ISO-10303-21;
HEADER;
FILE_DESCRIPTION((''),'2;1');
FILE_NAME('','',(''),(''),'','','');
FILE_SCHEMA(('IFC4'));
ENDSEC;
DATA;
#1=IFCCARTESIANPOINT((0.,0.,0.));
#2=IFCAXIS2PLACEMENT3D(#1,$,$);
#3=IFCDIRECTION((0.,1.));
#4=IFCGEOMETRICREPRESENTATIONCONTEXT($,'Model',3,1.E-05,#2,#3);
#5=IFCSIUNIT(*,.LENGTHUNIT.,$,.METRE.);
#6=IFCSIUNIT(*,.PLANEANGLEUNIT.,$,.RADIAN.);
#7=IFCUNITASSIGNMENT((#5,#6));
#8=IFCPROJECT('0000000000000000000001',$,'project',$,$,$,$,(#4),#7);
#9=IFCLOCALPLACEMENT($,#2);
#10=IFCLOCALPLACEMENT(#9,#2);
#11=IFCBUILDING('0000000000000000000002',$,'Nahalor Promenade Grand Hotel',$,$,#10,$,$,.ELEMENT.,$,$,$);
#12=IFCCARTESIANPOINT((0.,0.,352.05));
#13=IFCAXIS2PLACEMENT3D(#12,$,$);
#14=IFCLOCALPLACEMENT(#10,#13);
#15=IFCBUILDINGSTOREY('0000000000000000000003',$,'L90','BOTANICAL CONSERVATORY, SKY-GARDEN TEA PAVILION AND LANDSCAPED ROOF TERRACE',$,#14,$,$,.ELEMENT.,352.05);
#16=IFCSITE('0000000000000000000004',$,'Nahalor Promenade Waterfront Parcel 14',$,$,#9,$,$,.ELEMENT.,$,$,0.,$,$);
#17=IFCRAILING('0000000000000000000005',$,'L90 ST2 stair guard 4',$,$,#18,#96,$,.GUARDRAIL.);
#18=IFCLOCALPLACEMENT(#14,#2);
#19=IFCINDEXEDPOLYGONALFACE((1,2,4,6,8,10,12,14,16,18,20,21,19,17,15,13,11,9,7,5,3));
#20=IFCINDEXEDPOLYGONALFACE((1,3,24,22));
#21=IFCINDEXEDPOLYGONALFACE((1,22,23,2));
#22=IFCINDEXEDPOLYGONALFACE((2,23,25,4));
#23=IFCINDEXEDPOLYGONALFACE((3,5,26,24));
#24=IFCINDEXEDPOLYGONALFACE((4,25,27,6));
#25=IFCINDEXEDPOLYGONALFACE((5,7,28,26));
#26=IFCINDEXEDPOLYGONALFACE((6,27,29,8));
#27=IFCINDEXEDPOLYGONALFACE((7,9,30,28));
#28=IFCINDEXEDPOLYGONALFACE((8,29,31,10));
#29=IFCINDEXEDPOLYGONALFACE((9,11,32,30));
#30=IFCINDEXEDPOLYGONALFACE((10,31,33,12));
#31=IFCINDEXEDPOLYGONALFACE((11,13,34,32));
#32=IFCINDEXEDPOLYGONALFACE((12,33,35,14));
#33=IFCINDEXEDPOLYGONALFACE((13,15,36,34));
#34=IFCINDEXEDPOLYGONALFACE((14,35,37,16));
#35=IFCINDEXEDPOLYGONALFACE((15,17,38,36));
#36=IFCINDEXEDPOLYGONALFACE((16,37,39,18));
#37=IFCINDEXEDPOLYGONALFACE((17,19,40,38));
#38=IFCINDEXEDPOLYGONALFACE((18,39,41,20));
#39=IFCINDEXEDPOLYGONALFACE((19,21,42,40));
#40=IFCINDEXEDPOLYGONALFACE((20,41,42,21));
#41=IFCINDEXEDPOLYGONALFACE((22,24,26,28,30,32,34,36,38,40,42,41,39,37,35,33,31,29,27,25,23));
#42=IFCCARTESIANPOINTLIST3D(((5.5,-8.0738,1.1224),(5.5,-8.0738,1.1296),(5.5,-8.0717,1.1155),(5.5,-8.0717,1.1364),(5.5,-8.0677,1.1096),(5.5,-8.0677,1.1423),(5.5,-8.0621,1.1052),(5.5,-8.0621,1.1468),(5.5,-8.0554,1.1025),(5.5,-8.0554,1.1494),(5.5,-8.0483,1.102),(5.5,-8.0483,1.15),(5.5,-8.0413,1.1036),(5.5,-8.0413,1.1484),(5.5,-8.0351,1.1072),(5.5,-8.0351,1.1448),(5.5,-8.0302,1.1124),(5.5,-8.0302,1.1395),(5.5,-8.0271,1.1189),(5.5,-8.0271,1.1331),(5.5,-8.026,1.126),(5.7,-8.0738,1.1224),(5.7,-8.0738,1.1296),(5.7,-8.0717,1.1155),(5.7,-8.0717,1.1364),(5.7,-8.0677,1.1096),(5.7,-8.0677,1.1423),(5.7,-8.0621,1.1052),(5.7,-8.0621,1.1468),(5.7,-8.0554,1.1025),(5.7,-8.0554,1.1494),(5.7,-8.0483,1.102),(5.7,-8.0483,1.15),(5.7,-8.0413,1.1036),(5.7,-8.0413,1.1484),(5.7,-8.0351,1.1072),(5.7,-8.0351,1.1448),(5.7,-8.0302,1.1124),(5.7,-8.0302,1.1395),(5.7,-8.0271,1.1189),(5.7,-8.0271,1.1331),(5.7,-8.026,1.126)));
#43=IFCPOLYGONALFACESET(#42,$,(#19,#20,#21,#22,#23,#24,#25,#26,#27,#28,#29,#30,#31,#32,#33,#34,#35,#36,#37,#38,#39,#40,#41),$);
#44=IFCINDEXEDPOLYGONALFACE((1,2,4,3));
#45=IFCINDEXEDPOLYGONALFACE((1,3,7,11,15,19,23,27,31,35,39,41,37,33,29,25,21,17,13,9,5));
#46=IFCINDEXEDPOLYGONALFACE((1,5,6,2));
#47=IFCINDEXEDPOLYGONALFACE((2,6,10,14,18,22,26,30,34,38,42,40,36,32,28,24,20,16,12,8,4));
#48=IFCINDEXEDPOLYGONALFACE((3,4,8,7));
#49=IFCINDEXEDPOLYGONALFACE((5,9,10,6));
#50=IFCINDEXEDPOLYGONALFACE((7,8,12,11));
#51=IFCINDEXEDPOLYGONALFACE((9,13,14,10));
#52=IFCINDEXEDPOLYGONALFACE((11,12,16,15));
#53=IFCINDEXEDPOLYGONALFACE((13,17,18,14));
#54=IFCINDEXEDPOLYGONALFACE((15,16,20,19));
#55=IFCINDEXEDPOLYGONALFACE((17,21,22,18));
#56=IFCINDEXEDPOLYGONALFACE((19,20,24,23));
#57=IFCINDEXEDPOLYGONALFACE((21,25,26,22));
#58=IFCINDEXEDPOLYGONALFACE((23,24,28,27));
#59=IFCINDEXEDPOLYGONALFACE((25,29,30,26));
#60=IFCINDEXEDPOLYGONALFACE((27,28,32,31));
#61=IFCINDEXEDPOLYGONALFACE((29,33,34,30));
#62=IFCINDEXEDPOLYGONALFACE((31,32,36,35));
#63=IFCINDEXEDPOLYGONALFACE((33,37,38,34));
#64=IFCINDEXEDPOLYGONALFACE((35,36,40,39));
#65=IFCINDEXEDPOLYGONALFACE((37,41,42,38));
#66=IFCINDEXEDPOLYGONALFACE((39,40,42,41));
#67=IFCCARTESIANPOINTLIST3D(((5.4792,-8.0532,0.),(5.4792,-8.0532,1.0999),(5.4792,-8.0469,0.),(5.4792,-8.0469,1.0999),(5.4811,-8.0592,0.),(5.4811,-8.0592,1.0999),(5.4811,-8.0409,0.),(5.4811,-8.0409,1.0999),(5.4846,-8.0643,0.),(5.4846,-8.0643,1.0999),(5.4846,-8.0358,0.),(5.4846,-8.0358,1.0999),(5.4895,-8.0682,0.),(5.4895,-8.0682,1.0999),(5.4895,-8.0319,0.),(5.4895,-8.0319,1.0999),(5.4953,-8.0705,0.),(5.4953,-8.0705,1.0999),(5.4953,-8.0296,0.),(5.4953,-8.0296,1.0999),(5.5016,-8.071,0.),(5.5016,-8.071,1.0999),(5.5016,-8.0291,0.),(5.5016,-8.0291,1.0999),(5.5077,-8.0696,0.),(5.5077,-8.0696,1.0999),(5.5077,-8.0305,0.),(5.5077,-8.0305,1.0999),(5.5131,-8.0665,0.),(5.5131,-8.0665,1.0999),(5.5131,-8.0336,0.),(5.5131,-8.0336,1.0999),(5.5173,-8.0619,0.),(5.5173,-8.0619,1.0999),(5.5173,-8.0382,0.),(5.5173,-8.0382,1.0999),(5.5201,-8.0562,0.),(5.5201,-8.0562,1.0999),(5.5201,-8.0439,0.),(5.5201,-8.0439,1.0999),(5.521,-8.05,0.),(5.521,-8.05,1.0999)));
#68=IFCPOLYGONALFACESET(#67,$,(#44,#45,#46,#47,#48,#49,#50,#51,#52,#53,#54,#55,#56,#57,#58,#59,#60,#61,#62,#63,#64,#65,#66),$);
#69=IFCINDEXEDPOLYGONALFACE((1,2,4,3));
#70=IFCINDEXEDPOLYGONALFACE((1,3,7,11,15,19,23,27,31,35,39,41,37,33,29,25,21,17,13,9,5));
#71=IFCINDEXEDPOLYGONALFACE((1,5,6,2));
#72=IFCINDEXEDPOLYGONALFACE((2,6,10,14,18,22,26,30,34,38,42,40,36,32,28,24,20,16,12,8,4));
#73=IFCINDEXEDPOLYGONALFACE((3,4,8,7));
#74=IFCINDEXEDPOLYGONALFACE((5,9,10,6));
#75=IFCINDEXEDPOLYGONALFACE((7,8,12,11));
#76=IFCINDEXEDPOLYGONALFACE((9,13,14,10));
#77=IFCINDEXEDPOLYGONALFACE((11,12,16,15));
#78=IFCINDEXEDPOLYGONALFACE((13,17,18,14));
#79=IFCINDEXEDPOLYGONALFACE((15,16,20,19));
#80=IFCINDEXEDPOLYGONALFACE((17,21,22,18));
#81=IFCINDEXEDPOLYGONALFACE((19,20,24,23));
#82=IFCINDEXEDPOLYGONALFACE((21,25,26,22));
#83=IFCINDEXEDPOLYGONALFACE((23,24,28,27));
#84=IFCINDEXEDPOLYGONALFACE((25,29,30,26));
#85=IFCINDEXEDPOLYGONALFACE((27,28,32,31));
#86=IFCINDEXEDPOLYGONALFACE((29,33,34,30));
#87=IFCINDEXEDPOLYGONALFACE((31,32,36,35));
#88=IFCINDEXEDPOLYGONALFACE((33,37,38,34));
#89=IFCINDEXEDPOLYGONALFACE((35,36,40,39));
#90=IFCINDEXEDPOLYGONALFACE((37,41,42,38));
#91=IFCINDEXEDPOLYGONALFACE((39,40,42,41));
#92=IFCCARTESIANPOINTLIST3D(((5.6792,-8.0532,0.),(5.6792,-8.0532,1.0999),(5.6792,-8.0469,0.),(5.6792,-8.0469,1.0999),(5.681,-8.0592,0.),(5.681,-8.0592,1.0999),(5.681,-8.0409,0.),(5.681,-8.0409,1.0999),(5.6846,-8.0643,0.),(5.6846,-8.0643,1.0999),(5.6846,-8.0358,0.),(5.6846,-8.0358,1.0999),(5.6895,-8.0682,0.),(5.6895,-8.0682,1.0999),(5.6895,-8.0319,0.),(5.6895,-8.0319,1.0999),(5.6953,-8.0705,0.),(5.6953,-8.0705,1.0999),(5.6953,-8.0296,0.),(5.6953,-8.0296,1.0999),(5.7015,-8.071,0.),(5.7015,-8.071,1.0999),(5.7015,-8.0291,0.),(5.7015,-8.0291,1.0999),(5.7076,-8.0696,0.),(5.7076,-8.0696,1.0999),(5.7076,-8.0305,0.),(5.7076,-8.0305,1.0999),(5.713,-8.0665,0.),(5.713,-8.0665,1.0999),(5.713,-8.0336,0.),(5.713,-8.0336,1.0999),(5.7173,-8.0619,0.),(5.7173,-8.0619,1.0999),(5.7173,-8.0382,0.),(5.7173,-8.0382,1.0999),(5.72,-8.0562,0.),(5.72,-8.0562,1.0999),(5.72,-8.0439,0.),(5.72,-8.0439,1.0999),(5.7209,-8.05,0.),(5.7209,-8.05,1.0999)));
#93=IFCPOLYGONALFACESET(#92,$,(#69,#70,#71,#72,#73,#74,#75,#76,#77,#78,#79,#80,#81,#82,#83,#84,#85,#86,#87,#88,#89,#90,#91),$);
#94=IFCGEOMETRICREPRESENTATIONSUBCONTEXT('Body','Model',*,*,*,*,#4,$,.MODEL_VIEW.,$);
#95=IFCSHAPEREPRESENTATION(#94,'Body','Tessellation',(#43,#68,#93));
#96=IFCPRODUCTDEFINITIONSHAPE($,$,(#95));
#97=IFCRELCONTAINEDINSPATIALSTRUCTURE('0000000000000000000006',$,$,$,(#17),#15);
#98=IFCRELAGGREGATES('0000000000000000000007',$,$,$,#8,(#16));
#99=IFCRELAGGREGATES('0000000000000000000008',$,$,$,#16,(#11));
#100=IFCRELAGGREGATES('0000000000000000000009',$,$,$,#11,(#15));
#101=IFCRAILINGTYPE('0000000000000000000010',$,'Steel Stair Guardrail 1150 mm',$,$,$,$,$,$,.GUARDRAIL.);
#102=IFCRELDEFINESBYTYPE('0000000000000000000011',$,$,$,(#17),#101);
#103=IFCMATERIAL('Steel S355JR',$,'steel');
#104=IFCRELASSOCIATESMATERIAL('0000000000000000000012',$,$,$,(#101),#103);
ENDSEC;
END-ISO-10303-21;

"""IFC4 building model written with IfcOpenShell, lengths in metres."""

from ifc_helpers import new_model, si_unit, direction, frame, origin, origin_2d, place, context, subcontext, project, spatial, circle, extrude, material, type_object, element, save


model = new_model("IFC4")

# Units and contexts
model_context = context("Model", 3, precision=1e-05, world=origin(), true_north=direction((0.0, 1.0)))
body_context = subcontext(model_context, "Body", "Model", "MODEL_VIEW")
ifc_project = project(units=[si_unit("LENGTHUNIT", "METRE"), si_unit("PLANEANGLEUNIT", "RADIAN")], contexts=[model_context])

# Site, building, storey
site_placement = place(None, origin())
site = spatial("IfcSite", under=ifc_project, at=site_placement, Name="Nahalor Promenade Waterfront Parcel 14", CompositionType="ELEMENT", RefElevation=0.0)
building_placement = place(site_placement, origin())
building = spatial("IfcBuilding", under=site, at=building_placement, Name="Nahalor Promenade Grand Hotel", CompositionType="ELEMENT")
storey_placement = place(building_placement, frame((0.0, 0.0, 352.05)))
storey = spatial("IfcBuildingStorey", under=building, at=storey_placement, Name="L90", Description="BOTANICAL CONSERVATORY, SKY-GARDEN TEA PAVILION AND LANDSCAPED ROOF TERRACE", CompositionType="ELEMENT", Elevation=352.05)

# Shared definitions
ifc_material_1 = material(Name="Steel S355JR", Category="steel")

# Railing
railing_type_1 = type_object("IfcRailingType", Name="Steel Stair Guardrail 1150 mm", PredefinedType="GUARDRAIL", material=ifc_material_1)
railing_1_placement = place(storey_placement, frame((5.5, -8.05, 0.0)))
element("IfcRailing", 1, at=railing_1_placement, inside=storey, type_object=railing_type_1, Name="L90 ST2 stair guard 4", PredefinedType="GUARDRAIL", context=body_context, shape_type="SweptSolid", body=[
    extrude(circle(Radius=0.024, at=origin_2d()), frame((0.0, 0.0, 1.126), z_axis=(1.0, 0.0, 0.0), x_axis=(0.0, 1.0, 0.0)), (0.0, 0.0, 1.0), 0.2),
    extrude(circle(Radius=0.021, at=origin_2d()), origin(), (0.0, 0.0, 1.0), 1.0999),
    extrude(circle(Radius=0.021, at=origin_2d()), frame((0.2, 0.0, 0.0)), (0.0, 0.0, 1.0), 1.0999),
])

save(model, "model.ifc")
